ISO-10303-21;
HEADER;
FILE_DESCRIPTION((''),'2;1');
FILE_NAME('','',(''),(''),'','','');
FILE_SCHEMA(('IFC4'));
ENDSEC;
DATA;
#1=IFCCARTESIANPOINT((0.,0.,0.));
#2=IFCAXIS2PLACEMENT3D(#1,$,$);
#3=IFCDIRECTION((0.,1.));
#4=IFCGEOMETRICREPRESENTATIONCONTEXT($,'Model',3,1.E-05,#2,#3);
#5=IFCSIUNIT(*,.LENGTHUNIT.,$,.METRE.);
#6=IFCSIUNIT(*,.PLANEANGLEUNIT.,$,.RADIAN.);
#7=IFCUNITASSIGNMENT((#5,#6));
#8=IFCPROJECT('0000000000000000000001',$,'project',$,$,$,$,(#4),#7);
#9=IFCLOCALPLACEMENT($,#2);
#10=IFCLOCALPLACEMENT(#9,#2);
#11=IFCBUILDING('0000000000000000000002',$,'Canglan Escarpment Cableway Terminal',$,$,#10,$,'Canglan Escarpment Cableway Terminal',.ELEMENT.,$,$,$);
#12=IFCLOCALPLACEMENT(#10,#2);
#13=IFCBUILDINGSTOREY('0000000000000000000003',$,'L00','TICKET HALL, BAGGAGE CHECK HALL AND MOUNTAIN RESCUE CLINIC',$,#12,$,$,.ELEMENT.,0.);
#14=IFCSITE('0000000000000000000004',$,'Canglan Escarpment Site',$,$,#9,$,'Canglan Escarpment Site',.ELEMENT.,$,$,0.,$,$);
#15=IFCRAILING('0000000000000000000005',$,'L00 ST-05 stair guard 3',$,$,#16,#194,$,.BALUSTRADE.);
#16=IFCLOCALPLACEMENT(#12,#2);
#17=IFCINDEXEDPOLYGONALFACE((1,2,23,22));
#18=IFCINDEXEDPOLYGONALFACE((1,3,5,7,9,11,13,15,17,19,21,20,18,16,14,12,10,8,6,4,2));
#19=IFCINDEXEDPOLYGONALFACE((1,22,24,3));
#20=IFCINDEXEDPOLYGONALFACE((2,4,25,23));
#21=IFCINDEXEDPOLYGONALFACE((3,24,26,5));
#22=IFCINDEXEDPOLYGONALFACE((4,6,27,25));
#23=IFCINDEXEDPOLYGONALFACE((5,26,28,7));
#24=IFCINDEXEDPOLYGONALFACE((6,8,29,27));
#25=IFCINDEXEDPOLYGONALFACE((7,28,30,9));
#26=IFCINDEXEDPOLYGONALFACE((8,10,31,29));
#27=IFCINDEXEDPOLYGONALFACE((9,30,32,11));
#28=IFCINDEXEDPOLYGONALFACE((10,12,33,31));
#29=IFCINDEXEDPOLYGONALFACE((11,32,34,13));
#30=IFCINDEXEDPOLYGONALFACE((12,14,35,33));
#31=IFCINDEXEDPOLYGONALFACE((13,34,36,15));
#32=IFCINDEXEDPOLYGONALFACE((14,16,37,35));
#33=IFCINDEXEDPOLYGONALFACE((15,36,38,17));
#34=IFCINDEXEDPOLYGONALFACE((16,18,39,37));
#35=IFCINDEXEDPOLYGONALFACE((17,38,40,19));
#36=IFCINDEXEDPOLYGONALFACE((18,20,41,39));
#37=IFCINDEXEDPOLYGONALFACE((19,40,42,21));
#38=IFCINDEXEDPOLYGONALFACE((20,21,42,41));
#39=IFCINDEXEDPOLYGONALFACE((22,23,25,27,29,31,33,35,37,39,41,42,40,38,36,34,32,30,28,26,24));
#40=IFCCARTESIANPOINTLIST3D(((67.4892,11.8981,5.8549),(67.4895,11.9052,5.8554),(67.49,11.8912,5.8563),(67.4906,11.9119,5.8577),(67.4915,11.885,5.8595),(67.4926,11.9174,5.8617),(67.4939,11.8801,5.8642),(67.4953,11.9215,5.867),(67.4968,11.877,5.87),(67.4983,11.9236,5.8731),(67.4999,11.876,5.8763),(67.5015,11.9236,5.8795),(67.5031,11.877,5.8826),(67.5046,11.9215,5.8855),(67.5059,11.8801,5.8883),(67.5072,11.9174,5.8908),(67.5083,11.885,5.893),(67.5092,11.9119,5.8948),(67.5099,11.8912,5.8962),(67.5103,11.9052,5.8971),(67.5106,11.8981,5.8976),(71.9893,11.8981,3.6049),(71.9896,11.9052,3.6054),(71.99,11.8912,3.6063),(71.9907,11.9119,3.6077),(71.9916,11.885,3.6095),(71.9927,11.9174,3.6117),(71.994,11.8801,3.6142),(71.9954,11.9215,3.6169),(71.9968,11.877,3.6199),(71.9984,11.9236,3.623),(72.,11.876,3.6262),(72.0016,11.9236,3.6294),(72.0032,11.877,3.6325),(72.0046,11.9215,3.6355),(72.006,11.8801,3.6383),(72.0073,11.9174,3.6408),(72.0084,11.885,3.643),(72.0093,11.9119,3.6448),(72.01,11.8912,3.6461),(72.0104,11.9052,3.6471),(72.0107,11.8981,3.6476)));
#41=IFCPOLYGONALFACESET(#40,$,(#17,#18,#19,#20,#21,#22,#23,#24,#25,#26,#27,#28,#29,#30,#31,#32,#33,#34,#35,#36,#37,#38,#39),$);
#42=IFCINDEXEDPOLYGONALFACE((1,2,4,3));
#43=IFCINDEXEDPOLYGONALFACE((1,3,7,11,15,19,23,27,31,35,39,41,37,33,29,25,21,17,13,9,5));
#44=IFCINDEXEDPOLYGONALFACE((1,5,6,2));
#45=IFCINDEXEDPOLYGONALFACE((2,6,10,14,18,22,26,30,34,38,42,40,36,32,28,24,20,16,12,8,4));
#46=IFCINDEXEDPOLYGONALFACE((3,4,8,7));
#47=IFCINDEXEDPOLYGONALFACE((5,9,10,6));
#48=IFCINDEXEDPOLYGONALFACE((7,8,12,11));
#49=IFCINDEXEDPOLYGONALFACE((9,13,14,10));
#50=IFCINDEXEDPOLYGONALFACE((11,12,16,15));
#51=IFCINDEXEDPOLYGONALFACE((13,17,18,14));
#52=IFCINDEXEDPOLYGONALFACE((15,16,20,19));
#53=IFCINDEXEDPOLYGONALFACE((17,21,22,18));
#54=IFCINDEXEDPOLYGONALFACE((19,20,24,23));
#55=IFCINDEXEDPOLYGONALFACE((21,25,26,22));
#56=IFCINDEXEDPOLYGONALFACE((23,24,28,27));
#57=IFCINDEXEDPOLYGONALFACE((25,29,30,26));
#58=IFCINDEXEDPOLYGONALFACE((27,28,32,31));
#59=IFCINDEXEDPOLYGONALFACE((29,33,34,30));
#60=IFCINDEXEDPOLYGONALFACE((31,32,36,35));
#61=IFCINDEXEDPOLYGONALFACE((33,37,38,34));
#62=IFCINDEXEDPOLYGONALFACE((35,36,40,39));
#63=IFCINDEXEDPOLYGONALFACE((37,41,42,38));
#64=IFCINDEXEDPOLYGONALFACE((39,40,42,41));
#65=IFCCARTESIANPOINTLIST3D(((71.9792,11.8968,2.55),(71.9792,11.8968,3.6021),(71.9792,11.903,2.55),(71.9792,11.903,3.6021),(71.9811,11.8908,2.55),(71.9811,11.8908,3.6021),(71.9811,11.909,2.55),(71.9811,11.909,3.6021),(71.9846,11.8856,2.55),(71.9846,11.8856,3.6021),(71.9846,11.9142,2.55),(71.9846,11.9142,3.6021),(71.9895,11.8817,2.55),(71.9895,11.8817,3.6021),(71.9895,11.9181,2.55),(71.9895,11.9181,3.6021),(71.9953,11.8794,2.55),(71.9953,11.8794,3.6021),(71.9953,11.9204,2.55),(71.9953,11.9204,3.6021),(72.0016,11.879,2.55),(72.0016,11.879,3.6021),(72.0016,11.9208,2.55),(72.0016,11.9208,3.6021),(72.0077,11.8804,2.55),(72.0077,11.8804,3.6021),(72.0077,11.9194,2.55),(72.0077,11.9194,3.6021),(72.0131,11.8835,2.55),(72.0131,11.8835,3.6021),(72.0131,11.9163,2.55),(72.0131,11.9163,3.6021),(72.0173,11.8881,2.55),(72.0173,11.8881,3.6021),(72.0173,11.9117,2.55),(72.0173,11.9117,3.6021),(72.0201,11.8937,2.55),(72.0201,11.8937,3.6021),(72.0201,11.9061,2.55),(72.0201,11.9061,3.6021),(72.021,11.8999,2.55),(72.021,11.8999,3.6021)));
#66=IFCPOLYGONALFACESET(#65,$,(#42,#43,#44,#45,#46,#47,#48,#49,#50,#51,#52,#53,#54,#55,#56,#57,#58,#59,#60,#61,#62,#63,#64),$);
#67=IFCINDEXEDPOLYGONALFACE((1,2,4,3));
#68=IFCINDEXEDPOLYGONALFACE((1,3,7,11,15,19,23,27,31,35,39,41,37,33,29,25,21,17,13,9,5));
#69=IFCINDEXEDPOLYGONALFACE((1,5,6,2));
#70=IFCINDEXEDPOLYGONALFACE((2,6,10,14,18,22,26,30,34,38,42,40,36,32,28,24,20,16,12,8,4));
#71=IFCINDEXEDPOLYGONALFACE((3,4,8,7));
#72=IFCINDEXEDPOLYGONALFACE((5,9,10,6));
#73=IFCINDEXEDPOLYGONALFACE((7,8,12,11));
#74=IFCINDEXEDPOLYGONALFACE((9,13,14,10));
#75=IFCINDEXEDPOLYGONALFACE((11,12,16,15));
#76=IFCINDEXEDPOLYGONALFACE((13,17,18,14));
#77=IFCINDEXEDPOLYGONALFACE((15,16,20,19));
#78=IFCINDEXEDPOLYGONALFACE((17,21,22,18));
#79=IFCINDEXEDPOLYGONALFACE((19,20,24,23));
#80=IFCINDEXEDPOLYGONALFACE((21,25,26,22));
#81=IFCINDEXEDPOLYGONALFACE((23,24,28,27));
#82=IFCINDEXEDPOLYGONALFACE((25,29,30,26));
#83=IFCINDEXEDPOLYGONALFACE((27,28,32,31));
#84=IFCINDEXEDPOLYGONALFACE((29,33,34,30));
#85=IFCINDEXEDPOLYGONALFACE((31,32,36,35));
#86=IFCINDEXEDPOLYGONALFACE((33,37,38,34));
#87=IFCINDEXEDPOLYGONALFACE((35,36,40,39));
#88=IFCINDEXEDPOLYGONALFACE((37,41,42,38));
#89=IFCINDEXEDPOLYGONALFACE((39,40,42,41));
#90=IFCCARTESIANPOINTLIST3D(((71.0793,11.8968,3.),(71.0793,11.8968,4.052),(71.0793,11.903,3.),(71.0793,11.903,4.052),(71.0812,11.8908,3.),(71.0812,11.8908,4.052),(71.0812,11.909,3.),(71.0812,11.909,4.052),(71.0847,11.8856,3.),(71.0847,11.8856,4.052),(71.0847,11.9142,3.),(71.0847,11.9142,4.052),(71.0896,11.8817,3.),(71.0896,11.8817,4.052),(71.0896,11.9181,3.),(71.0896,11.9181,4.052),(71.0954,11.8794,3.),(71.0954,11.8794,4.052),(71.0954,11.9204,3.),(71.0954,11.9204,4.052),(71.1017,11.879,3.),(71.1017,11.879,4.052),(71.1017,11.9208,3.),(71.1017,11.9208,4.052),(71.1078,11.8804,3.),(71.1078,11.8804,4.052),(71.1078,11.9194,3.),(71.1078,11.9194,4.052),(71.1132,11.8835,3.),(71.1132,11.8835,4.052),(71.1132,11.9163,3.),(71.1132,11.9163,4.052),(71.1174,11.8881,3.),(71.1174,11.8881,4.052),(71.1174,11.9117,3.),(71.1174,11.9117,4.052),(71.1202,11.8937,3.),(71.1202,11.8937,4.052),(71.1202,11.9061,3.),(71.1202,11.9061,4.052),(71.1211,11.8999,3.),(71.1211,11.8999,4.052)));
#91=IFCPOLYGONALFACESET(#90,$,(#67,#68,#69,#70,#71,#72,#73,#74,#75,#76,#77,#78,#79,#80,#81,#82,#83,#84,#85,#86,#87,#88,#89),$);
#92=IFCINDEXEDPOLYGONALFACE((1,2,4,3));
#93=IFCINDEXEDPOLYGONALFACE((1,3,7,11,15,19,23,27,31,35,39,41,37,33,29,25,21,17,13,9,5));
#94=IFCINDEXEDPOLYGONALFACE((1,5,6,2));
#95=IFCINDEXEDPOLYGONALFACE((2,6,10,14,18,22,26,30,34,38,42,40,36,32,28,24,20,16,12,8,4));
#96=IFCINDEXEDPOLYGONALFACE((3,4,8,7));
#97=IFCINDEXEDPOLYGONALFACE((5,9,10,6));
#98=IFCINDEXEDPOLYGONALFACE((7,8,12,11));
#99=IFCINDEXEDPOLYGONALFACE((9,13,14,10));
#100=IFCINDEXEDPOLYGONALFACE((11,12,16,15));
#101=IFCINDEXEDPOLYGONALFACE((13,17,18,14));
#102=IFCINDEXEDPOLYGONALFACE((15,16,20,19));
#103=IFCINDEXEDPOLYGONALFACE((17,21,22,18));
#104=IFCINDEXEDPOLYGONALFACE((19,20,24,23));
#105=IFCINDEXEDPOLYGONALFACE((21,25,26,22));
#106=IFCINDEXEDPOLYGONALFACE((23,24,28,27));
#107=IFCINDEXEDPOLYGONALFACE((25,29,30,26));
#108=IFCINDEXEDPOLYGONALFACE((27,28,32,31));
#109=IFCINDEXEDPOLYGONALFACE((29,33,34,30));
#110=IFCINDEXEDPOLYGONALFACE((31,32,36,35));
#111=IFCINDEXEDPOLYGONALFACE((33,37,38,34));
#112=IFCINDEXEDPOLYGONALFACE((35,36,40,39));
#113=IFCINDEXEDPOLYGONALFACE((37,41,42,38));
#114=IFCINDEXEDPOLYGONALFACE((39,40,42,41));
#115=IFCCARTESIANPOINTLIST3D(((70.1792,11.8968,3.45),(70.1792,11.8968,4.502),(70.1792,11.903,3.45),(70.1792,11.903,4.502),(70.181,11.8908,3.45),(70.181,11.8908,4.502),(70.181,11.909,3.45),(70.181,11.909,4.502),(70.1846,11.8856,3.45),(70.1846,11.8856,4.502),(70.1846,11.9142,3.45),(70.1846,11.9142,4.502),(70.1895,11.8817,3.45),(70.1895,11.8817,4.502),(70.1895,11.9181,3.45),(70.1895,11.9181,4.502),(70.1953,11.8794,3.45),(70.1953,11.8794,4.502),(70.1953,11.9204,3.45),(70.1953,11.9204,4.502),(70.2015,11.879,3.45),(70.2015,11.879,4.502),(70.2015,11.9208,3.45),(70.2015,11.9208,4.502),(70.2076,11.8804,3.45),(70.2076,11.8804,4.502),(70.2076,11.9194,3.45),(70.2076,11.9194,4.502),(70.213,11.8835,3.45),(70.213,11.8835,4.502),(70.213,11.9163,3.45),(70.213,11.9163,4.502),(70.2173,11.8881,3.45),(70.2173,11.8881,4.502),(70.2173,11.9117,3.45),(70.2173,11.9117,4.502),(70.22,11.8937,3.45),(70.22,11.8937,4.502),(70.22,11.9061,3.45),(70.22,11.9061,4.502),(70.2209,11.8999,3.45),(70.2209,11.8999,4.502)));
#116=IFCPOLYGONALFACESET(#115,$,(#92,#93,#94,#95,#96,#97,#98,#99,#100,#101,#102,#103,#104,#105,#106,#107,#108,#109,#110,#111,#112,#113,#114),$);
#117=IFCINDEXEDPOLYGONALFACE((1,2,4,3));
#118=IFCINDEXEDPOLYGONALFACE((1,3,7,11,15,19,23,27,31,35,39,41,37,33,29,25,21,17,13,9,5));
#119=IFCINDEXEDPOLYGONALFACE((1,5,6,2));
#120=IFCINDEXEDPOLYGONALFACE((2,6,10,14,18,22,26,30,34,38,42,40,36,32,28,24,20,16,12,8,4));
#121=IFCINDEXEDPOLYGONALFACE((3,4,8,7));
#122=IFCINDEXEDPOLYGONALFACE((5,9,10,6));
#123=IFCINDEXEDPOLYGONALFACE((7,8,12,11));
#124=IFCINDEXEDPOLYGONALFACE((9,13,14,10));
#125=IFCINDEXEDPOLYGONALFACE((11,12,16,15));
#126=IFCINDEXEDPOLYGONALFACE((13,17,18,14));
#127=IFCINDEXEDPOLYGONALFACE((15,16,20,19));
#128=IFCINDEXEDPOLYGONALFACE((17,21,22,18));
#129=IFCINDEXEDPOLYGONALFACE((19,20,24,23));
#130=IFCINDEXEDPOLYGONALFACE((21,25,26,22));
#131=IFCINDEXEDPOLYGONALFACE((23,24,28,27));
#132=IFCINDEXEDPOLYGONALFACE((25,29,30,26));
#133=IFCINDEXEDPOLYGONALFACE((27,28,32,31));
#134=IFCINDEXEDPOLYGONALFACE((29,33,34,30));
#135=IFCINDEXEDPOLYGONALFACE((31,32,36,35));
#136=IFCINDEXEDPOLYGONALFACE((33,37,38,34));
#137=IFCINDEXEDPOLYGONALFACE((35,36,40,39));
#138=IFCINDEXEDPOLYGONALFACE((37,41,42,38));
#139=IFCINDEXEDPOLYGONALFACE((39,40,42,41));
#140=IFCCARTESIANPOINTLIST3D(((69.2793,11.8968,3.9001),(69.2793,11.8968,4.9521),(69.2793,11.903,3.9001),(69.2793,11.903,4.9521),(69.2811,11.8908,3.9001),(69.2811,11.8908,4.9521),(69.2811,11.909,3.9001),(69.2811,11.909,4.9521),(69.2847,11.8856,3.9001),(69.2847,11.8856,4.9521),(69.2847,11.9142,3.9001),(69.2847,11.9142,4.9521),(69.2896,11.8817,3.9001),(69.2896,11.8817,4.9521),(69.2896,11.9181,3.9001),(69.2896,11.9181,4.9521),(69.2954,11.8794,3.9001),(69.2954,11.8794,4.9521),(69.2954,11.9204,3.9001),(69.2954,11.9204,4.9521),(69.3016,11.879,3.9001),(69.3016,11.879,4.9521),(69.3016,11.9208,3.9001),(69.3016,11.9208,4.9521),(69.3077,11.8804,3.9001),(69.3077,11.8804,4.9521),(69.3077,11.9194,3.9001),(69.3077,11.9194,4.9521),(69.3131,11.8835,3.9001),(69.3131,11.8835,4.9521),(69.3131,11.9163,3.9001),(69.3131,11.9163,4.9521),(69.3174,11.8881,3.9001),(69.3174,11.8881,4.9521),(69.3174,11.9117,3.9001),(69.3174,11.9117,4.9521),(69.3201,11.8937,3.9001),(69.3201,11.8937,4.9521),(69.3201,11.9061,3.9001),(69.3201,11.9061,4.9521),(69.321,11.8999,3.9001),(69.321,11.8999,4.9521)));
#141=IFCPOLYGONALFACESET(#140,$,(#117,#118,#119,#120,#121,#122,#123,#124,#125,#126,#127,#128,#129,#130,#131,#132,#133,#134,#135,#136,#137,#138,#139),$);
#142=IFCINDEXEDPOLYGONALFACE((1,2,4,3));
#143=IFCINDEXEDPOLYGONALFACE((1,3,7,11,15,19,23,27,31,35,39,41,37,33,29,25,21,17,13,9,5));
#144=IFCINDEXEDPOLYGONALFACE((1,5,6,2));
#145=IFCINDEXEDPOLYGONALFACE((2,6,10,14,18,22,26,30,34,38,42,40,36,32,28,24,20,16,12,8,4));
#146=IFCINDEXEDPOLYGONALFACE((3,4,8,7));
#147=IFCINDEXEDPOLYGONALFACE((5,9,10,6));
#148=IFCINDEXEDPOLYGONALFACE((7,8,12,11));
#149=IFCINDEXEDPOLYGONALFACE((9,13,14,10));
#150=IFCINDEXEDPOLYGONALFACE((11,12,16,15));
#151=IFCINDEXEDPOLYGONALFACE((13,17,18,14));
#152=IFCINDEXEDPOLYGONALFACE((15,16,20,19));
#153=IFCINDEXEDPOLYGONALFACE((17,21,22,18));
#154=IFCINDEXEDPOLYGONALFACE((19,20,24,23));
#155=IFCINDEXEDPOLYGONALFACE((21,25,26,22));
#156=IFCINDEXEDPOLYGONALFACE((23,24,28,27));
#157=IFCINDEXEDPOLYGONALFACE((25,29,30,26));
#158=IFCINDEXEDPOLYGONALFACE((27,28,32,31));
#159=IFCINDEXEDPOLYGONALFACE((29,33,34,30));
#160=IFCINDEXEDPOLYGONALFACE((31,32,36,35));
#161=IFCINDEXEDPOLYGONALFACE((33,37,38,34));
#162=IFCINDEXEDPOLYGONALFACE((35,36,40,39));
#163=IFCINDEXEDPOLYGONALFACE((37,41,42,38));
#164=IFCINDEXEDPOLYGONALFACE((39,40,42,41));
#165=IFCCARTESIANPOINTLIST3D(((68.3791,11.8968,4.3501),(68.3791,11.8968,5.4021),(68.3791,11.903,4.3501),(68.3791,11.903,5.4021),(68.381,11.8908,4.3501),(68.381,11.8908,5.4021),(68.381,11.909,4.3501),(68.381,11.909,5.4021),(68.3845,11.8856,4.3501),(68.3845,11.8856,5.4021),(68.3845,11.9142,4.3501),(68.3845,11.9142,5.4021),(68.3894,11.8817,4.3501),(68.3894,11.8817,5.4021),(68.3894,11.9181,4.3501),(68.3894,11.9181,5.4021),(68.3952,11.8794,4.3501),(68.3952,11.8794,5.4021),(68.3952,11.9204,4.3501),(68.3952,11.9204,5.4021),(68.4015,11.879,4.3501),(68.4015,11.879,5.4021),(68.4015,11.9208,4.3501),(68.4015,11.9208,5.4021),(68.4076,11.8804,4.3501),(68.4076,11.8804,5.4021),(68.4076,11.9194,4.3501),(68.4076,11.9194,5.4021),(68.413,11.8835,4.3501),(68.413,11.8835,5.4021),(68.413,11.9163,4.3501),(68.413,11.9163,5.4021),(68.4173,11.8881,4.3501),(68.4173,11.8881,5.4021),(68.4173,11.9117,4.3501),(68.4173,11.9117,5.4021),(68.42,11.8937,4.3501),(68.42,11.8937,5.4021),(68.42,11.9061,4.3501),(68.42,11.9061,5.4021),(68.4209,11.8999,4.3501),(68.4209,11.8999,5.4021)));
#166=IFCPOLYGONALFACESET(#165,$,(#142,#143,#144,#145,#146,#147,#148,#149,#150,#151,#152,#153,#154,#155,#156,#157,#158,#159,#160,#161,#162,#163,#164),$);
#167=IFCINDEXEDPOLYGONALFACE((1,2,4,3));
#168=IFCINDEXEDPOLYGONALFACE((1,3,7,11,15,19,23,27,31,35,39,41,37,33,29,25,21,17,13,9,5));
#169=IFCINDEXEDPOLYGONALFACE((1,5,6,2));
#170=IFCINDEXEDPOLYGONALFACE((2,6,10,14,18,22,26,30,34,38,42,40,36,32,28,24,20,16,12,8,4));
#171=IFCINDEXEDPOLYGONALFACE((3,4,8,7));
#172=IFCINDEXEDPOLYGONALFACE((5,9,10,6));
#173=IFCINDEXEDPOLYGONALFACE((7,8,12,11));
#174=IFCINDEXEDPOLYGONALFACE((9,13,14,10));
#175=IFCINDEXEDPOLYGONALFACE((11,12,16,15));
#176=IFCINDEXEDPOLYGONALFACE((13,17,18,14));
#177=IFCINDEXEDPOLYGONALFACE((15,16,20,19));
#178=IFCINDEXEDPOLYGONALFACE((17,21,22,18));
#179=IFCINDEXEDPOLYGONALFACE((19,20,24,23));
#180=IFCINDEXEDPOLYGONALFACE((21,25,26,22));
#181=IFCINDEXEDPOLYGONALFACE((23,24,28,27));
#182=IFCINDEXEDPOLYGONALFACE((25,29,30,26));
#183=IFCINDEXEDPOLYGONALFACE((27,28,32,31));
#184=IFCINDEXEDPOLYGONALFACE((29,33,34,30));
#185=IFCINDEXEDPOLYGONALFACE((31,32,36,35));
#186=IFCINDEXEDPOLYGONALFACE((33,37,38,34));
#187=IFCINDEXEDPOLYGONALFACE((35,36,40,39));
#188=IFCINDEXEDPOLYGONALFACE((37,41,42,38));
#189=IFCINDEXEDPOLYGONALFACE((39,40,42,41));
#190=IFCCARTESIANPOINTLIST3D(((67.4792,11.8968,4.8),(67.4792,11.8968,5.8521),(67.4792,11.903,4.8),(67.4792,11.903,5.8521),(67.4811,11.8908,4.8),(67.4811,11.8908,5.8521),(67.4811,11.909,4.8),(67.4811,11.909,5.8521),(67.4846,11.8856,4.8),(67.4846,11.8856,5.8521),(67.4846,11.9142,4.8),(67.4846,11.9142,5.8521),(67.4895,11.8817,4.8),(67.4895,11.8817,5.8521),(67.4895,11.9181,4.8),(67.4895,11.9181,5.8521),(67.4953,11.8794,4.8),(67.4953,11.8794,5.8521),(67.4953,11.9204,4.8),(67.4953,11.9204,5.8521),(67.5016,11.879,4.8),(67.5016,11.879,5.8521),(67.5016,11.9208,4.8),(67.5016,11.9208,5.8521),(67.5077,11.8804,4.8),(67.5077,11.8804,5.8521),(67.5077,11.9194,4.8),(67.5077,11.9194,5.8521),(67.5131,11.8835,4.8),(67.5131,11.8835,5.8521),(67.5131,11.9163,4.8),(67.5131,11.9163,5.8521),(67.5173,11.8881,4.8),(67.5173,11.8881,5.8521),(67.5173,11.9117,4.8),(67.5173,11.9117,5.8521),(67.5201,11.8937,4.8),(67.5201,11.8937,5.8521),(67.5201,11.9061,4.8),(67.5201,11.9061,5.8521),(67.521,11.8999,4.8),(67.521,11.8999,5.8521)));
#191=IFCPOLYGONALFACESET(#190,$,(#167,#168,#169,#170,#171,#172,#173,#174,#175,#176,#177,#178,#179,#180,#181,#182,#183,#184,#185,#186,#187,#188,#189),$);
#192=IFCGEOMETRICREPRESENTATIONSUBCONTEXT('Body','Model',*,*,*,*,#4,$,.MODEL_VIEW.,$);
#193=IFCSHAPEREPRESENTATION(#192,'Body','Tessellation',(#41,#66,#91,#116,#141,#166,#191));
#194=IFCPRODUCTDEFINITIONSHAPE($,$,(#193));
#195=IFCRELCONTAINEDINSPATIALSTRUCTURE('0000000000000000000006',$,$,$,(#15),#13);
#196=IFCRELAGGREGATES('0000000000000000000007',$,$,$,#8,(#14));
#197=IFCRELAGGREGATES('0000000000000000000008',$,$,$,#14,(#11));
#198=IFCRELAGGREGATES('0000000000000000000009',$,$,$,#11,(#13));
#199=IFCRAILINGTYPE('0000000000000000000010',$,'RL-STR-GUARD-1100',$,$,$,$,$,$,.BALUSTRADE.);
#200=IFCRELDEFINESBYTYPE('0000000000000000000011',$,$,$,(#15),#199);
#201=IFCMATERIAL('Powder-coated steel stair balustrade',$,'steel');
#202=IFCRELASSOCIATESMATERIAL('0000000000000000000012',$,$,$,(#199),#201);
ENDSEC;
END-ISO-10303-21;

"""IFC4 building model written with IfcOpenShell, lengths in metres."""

from ifc_helpers import new_model, si_unit, direction, frame, origin, origin_2d, place, context, subcontext, project, spatial, circle, extrude, material, type_object, element, save


model = new_model("IFC4")

# Units and contexts
model_context = context("Model", 3, precision=1e-05, world=origin(), true_north=direction((0.0, 1.0)))
body_context = subcontext(model_context, "Body", "Model", "MODEL_VIEW")
ifc_project = project(units=[si_unit("LENGTHUNIT", "METRE"), si_unit("PLANEANGLEUNIT", "RADIAN")], contexts=[model_context])

# Site, building, storey
site_placement = place(None, origin())
site = spatial("IfcSite", under=ifc_project, at=site_placement, Name="Canglan Escarpment Site", LongName="Canglan Escarpment Site", CompositionType="ELEMENT", RefElevation=0.0)
building_placement = place(site_placement, origin())
building = spatial("IfcBuilding", under=site, at=building_placement, Name="Canglan Escarpment Cableway Terminal", LongName="Canglan Escarpment Cableway Terminal", CompositionType="ELEMENT")
storey_placement = place(building_placement, origin())
storey = spatial("IfcBuildingStorey", under=building, at=storey_placement, Name="L00", Description="TICKET HALL, BAGGAGE CHECK HALL AND MOUNTAIN RESCUE CLINIC", CompositionType="ELEMENT", Elevation=0.0)

# Railing
ifc_material_1 = material(Name="Powder-coated steel stair balustrade", Category="steel")
railing_type_1 = type_object("IfcRailingType", Name="RL-STR-GUARD-1100", PredefinedType="BALUSTRADE", material=ifc_material_1)
railing_1_placement = place(storey_placement, frame((72.0, 11.8999, 2.55)))
element("IfcRailing", 1, at=railing_1_placement, inside=storey, type_object=railing_type_1, Name="L00 ST-05 stair guard 3", PredefinedType="BALUSTRADE", context=body_context, shape_type="SweptSolid", body=[
    extrude(circle(Radius=0.0239, at=origin_2d()), frame((0.0, 0.0, 1.0762), z_axis=(-0.894427, 0.0, 0.447214), x_axis=(0.0, -1.0, 0.0)), (0.0, 0.0, 1.0), 5.0312),
    extrude(circle(Radius=0.021, at=origin_2d()), origin(), (0.0, 0.0, 1.0), 1.052),
    extrude(circle(Radius=0.021, at=origin_2d()), frame((-0.8999, 0.0, 0.45)), (0.0, 0.0, 1.0), 1.052),
    extrude(circle(Radius=0.021, at=origin_2d()), frame((-1.8, 0.0, 0.8999)), (0.0, 0.0, 1.0), 1.052),
    extrude(circle(Radius=0.021, at=origin_2d()), frame((-2.7, 0.0, 1.3501)), (0.0, 0.0, 1.0), 1.052),
    extrude(circle(Radius=0.021, at=origin_2d()), frame((-3.6001, 0.0, 1.8)), (0.0, 0.0, 1.0), 1.052),
    extrude(circle(Radius=0.021, at=origin_2d()), frame((-4.5, 0.0, 2.25)), (0.0, 0.0, 1.0), 1.052),
])

save(model, "model.ifc")
